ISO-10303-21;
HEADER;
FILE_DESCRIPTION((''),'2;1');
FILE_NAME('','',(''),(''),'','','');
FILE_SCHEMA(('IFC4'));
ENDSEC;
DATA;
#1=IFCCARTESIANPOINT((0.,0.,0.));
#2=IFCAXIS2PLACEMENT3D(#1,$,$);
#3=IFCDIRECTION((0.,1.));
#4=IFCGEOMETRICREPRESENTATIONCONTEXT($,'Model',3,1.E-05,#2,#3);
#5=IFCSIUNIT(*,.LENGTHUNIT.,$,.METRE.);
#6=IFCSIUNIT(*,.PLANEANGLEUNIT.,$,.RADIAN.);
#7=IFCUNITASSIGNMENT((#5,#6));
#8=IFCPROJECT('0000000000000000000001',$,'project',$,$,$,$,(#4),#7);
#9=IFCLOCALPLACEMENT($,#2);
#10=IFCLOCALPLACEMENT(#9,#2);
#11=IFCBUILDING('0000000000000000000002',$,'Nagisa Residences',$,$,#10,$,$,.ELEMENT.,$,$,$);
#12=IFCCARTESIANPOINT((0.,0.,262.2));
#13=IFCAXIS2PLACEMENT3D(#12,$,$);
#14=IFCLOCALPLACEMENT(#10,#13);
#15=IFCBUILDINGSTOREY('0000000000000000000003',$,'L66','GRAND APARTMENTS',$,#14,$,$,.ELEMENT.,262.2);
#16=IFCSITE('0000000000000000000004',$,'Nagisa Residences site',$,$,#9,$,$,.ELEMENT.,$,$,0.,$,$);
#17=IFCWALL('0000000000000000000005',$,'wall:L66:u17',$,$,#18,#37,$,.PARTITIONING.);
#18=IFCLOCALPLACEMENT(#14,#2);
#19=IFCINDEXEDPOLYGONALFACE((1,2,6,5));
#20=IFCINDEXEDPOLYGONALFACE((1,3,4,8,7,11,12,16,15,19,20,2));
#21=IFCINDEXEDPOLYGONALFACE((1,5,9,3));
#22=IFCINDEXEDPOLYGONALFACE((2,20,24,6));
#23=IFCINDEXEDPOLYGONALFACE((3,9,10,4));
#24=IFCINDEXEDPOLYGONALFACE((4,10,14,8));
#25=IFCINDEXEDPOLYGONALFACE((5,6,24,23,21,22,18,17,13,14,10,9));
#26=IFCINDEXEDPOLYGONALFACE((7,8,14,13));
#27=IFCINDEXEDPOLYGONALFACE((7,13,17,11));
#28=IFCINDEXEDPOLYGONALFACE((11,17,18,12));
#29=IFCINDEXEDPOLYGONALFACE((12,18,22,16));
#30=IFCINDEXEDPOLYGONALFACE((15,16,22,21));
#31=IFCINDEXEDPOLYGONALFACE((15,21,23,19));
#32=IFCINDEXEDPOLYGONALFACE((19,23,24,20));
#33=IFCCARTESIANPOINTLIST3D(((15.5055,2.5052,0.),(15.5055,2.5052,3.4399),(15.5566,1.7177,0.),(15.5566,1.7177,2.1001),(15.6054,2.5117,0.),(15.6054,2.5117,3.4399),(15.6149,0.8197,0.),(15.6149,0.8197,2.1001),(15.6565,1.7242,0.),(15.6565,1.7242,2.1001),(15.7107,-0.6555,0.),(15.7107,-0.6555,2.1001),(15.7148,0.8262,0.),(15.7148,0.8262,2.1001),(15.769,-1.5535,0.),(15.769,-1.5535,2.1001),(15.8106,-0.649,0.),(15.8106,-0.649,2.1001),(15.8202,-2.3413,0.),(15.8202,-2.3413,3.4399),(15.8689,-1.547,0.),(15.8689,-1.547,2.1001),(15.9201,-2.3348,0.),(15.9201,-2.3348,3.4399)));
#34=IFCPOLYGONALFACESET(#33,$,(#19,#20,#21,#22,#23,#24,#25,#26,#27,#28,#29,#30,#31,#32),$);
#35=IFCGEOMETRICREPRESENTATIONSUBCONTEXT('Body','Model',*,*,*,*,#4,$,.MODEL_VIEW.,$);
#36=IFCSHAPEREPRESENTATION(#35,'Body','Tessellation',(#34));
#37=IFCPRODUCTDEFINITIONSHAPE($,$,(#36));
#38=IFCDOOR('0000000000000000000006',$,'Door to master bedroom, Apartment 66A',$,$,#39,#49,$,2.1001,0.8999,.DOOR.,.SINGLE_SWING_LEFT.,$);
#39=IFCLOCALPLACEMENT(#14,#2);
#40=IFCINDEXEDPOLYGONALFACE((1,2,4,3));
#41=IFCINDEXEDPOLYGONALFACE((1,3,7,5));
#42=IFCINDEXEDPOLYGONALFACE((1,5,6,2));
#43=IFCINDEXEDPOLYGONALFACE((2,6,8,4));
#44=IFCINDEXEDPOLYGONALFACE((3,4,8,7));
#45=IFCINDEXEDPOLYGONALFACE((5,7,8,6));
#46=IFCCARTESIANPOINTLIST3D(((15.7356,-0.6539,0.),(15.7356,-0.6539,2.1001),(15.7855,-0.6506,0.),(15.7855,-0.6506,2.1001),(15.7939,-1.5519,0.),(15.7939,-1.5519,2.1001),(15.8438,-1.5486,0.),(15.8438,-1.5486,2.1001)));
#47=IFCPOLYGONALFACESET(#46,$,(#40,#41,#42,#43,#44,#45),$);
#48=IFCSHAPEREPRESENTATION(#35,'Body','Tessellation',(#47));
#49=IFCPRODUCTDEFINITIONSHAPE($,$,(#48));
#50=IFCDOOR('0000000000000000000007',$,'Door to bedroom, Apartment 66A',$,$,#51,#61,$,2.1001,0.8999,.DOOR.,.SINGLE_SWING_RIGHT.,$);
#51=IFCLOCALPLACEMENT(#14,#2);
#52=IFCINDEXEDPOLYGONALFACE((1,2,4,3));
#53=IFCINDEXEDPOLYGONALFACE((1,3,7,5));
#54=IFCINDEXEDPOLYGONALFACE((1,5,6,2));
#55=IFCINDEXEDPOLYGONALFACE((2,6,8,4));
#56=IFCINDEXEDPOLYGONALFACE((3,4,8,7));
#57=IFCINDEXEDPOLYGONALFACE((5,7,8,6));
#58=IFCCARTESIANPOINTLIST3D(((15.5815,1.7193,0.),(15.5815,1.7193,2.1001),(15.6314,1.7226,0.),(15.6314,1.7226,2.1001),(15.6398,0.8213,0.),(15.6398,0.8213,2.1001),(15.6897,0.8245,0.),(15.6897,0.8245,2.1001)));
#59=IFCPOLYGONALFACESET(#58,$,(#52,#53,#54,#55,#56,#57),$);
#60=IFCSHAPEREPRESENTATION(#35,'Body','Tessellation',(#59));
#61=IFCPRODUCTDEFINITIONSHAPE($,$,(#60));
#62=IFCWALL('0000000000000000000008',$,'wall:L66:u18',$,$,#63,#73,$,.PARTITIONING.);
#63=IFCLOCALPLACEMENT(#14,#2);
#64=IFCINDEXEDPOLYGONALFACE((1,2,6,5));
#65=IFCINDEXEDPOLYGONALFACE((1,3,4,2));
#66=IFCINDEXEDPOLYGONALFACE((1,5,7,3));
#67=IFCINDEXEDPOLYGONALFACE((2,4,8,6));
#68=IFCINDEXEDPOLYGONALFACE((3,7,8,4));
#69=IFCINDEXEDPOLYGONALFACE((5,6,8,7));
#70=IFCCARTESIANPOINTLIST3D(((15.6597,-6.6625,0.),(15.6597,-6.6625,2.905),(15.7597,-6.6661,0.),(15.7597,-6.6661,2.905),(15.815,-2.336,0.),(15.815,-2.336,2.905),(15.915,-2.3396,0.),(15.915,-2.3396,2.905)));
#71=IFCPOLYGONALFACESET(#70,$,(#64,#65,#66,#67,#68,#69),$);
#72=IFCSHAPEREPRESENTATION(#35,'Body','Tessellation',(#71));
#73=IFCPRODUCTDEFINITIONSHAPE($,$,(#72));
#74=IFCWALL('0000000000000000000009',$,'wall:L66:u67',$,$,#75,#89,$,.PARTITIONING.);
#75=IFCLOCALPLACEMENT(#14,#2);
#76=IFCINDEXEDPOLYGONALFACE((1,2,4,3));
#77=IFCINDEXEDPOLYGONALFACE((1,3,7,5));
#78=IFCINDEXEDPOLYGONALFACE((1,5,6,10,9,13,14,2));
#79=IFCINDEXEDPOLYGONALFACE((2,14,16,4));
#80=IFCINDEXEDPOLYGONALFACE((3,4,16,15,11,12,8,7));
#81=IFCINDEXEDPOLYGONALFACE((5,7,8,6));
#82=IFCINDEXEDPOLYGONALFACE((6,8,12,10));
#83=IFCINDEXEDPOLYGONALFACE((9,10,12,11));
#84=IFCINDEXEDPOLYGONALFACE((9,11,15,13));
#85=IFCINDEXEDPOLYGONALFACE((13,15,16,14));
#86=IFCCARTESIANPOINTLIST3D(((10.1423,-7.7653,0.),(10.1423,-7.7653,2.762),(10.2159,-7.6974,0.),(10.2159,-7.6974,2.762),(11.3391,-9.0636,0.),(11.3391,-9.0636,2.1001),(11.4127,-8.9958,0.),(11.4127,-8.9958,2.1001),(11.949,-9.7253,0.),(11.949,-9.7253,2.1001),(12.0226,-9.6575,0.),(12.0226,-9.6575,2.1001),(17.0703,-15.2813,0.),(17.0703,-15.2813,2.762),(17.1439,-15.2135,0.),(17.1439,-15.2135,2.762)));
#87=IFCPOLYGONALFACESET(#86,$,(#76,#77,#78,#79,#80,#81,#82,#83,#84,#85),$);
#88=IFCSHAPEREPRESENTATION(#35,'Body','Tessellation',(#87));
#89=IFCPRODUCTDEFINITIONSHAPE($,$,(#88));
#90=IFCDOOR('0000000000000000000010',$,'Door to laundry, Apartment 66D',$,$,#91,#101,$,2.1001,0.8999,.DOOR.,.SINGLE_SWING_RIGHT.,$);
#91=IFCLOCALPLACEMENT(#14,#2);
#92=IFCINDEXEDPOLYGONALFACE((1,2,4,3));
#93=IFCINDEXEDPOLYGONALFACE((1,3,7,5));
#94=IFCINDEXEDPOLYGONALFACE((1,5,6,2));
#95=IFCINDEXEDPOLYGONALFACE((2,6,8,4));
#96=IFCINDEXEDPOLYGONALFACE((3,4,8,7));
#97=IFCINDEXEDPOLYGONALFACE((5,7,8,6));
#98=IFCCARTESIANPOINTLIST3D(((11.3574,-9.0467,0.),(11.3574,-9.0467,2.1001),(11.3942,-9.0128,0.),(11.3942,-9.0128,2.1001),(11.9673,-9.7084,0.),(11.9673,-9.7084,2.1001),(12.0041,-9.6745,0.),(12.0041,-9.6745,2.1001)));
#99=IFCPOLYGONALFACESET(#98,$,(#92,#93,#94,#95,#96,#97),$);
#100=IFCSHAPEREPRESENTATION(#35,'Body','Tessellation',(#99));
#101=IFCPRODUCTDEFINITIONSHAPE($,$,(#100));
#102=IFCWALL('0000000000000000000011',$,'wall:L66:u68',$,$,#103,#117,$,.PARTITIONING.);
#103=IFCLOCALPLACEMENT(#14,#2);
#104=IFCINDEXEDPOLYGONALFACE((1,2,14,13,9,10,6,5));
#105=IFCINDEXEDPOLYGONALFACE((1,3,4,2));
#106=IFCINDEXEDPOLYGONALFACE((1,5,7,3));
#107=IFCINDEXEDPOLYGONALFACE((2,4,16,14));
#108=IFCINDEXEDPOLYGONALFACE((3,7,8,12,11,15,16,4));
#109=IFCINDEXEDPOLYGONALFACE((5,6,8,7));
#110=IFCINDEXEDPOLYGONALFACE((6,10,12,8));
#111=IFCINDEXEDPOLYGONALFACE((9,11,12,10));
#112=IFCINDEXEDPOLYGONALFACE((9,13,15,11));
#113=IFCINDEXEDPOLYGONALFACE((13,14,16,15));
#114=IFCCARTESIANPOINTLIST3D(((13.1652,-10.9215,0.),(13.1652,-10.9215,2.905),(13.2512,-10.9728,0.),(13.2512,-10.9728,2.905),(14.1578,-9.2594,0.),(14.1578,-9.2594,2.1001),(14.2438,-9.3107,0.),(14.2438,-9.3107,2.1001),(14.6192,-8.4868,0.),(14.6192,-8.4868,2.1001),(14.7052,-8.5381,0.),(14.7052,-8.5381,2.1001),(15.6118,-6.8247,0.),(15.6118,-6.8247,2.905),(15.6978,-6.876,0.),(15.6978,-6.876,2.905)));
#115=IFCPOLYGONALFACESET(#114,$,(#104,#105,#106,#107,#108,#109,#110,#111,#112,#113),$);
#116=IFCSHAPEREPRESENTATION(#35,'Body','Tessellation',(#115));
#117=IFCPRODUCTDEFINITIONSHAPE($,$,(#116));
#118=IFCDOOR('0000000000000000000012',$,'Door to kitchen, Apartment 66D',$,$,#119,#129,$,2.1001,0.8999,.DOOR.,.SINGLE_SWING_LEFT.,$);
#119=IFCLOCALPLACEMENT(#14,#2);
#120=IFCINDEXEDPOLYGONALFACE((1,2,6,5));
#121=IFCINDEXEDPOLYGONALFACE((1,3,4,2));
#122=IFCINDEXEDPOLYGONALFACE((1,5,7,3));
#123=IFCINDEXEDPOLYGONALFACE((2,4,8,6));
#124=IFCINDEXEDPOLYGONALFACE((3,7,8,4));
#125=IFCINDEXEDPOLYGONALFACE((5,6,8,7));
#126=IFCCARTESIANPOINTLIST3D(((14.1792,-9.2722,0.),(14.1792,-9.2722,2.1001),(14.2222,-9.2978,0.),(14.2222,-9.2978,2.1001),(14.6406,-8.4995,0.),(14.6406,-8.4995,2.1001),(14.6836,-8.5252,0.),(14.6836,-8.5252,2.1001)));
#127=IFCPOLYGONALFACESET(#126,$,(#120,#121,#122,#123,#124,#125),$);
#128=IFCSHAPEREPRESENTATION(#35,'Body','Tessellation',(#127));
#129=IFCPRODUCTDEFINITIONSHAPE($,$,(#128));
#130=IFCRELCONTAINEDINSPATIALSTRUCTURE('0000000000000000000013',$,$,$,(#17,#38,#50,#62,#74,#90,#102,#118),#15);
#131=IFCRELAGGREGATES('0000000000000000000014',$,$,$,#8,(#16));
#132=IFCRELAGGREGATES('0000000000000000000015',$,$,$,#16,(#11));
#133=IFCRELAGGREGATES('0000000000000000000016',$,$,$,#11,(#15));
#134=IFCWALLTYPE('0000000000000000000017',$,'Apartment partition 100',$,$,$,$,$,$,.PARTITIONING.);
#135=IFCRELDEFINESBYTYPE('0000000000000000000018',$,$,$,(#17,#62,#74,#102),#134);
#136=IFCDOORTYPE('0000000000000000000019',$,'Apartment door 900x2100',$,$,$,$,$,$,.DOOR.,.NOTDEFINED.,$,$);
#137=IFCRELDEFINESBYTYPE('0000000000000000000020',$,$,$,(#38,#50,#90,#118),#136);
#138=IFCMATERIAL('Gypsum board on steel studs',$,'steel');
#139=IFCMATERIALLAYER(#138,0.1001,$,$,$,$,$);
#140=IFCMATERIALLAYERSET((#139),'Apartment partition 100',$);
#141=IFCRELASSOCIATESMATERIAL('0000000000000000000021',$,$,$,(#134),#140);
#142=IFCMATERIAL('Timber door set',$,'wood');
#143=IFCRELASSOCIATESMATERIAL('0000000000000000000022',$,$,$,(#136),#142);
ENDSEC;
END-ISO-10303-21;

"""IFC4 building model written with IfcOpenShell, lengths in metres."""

from ifc_helpers import new_model, si_unit, direction, frame, frame_2d, origin, place, context, subcontext, project, spatial, rectangle, extrude, material, layer, layer_set, type_object, element, fill, save


model = new_model("IFC4")

# Units and contexts
model_context = context("Model", 3, precision=1e-05, world=origin(), true_north=direction((0.0, 1.0)))
body_context = subcontext(model_context, "Body", "Model", "MODEL_VIEW")
ifc_project = project(units=[si_unit("LENGTHUNIT", "METRE"), si_unit("PLANEANGLEUNIT", "RADIAN")], contexts=[model_context])

# Site, building, storey
site_placement = place(None, origin())
site = spatial("IfcSite", under=ifc_project, at=site_placement, Name="Nagisa Residences site", CompositionType="ELEMENT", RefElevation=0.0)
building_placement = place(site_placement, origin())
building = spatial("IfcBuilding", under=site, at=building_placement, Name="Nagisa Residences", CompositionType="ELEMENT")
storey_placement = place(building_placement, frame((0.0, 0.0, 262.2)))
storey = spatial("IfcBuildingStorey", under=building, at=storey_placement, Name="L66", Description="GRAND APARTMENTS", CompositionType="ELEMENT", Elevation=262.2)

# Shared definitions
ifc_material_1 = material(Name="Gypsum board on steel studs", Category="steel")
ifc_layer_1 = layer(ifc_material_1, 0.1001)
ifc_layer_set_1 = layer_set([ifc_layer_1], Name="Apartment partition 100")
wall_type_1 = type_object("IfcWallType", Name="Apartment partition 100", PredefinedType="PARTITIONING", material=ifc_layer_set_1)
ifc_material_2 = material(Name="Timber door set", Category="wood")
door_type_1 = type_object("IfcDoorType", Name="Apartment door 900x2100", OperationType="NOTDEFINED", PredefinedType="DOOR", material=ifc_material_2)

# Wall, openings, doors
wall_1_placement = place(storey_placement, frame((15.8701, -2.3379, 0.0), z_axis=(0.0, 0.0, 1.0), x_axis=(-0.064797, 0.997898, 0.0)))
wall_1 = element("IfcWall", 1, at=wall_1_placement, inside=storey, type_object=wall_type_1, Name="wall:L66:u17", PredefinedType="PARTITIONING", context=body_context, shape_type="SweptSolid", body=[
    extrude(rectangle(XDim=4.8567, YDim=0.1001, at=frame_2d((2.4282, 0.0))), origin(), (0.0, 0.0, 1.0), 3.4399),
])
opening_1_placement = place(wall_1_placement, frame((0.7893, 0.0, 0.0)))
opening_1 = element("IfcOpeningElement", 2, at=opening_1_placement, cuts=wall_1, PredefinedType="OPENING", context=body_context, shape_type="SweptSolid", body=[
    extrude(rectangle(XDim=0.8999, YDim=2.1001, at=frame_2d((0.45, 1.05))), frame((0.0, 0.0601, 0.0), z_axis=(0.0, -1.0, 0.0), x_axis=(1.0, 0.0, 0.0)), (0.0, 0.0, 1.0), 0.1201),
])
opening_2_placement = place(wall_1_placement, frame((3.1675, 0.0, 0.0)))
opening_2 = element("IfcOpeningElement", 3, at=opening_2_placement, cuts=wall_1, PredefinedType="OPENING", context=body_context, shape_type="SweptSolid", body=[
    extrude(rectangle(XDim=0.8999, YDim=2.1001, at=frame_2d((0.45, 1.05))), frame((0.0, 0.0601, 0.0), z_axis=(0.0, -1.0, 0.0), x_axis=(1.0, 0.0, 0.0)), (0.0, 0.0, 1.0), 0.1201),
])
door_1_placement = place(opening_1_placement, frame((0.8999, 0.0, 0.0), x_axis=(-1.0, 0.0, 0.0)))
door_1 = element("IfcDoor", 4, at=door_1_placement, inside=storey, type_object=door_type_1, Name="Door to master bedroom, Apartment 66A", OperationType="SINGLE_SWING_LEFT", OverallHeight=2.1001, OverallWidth=0.8999, PredefinedType="DOOR", context=body_context, shape_type="SweptSolid", body=[
    extrude(rectangle(XDim=0.8999, YDim=2.1001, at=frame_2d((0.45, 1.05))), frame((0.0, 0.0249, 0.0), z_axis=(0.0, -1.0, 0.0), x_axis=(1.0, 0.0, 0.0)), (0.0, 0.0, 1.0), 0.05),
])
fill(opening_1, door_1)
door_2_placement = place(opening_2_placement, frame((0.8999, 0.0, 0.0), x_axis=(-1.0, 0.0, 0.0)))
door_2 = element("IfcDoor", 5, at=door_2_placement, inside=storey, type_object=door_type_1, Name="Door to bedroom, Apartment 66A", OperationType="SINGLE_SWING_RIGHT", OverallHeight=2.1001, OverallWidth=0.8999, PredefinedType="DOOR", context=body_context, shape_type="SweptSolid", body=[
    extrude(rectangle(XDim=0.8999, YDim=2.1001, at=frame_2d((0.45, 1.05))), frame((0.0, 0.0249, 0.0), z_axis=(0.0, -1.0, 0.0), x_axis=(1.0, 0.0, 0.0)), (0.0, 0.0, 1.0), 0.05),
])
fill(opening_2, door_2)

# Wall
wall_2_placement = place(storey_placement, frame((15.865, -2.3379, 0.0), z_axis=(0.0, 0.0, 1.0), x_axis=(-0.035865, -0.999357, 0.0)))
element("IfcWall", 6, at=wall_2_placement, inside=storey, type_object=wall_type_1, Name="wall:L66:u18", PredefinedType="PARTITIONING", context=body_context, shape_type="SweptSolid", body=[
    extrude(rectangle(XDim=4.3293, YDim=0.1001, at=frame_2d((2.1646, 0.0))), origin(), (0.0, 0.0, 1.0), 2.905),
])

# Walls, openings, doors
wall_3_placement = place(storey_placement, frame((10.1792, -7.7314, 0.0), z_axis=(0.0, 0.0, 1.0), x_axis=(0.677753, -0.735289, 0.0)))
wall_3 = element("IfcWall", 7, at=wall_3_placement, inside=storey, type_object=wall_type_1, Name="wall:L66:u67", PredefinedType="PARTITIONING", context=body_context, shape_type="SweptSolid", body=[
    extrude(rectangle(XDim=10.2219, YDim=0.1001, at=frame_2d((5.1108, 0.0))), origin(), (0.0, 0.0, 1.0), 2.762),
])
opening_3_placement = place(wall_3_placement, frame((1.7656, 0.0, 0.0)))
opening_3 = element("IfcOpeningElement", 8, at=opening_3_placement, cuts=wall_3, PredefinedType="OPENING", context=body_context, shape_type="SweptSolid", body=[
    extrude(rectangle(XDim=0.8999, YDim=2.1001, at=frame_2d((0.45, 1.05))), frame((0.0, 0.0601, 0.0), z_axis=(0.0, -1.0, 0.0), x_axis=(1.0, 0.0, 0.0)), (0.0, 0.0, 1.0), 0.1201),
])
door_3_placement = place(opening_3_placement, origin())
door_3 = element("IfcDoor", 9, at=door_3_placement, inside=storey, type_object=door_type_1, Name="Door to laundry, Apartment 66D", OperationType="SINGLE_SWING_RIGHT", OverallHeight=2.1001, OverallWidth=0.8999, PredefinedType="DOOR", context=body_context, shape_type="SweptSolid", body=[
    extrude(rectangle(XDim=0.8999, YDim=2.1001, at=frame_2d((0.45, 1.05))), frame((0.0, 0.0249, 0.0), z_axis=(0.0, -1.0, 0.0), x_axis=(1.0, 0.0, 0.0)), (0.0, 0.0, 1.0), 0.05),
])
fill(opening_3, door_3)
wall_4_placement = place(storey_placement, frame((13.2083, -10.947, 0.0), z_axis=(0.0, 0.0, 1.0), x_axis=(0.512726, 0.858552, 0.0)))
wall_4 = element("IfcWall", 10, at=wall_4_placement, inside=storey, type_object=wall_type_1, Name="wall:L66:u68", PredefinedType="PARTITIONING", context=body_context, shape_type="SweptSolid", body=[
    extrude(rectangle(XDim=4.7717, YDim=0.1001, at=frame_2d((2.3857, 0.0))), origin(), (0.0, 0.0, 1.0), 2.905),
])
opening_4_placement = place(wall_4_placement, frame((1.9358, 0.0, 0.0)))
opening_4 = element("IfcOpeningElement", 11, at=opening_4_placement, cuts=wall_4, PredefinedType="OPENING", context=body_context, shape_type="SweptSolid", body=[
    extrude(rectangle(XDim=0.8999, YDim=2.1001, at=frame_2d((0.45, 1.05))), frame((0.0, 0.0601, 0.0), z_axis=(0.0, -1.0, 0.0), x_axis=(1.0, 0.0, 0.0)), (0.0, 0.0, 1.0), 0.1201),
])
door_4_placement = place(opening_4_placement, frame((0.8999, 0.0, 0.0), x_axis=(-1.0, 0.0, 0.0)))
door_4 = element("IfcDoor", 12, at=door_4_placement, inside=storey, type_object=door_type_1, Name="Door to kitchen, Apartment 66D", OperationType="SINGLE_SWING_LEFT", OverallHeight=2.1001, OverallWidth=0.8999, PredefinedType="DOOR", context=body_context, shape_type="SweptSolid", body=[
    extrude(rectangle(XDim=0.8999, YDim=2.1001, at=frame_2d((0.45, 1.05))), frame((0.0, 0.0249, 0.0), z_axis=(0.0, -1.0, 0.0), x_axis=(1.0, 0.0, 0.0)), (0.0, 0.0, 1.0), 0.05),
])
fill(opening_4, door_4)

save(model, "model.ifc")
